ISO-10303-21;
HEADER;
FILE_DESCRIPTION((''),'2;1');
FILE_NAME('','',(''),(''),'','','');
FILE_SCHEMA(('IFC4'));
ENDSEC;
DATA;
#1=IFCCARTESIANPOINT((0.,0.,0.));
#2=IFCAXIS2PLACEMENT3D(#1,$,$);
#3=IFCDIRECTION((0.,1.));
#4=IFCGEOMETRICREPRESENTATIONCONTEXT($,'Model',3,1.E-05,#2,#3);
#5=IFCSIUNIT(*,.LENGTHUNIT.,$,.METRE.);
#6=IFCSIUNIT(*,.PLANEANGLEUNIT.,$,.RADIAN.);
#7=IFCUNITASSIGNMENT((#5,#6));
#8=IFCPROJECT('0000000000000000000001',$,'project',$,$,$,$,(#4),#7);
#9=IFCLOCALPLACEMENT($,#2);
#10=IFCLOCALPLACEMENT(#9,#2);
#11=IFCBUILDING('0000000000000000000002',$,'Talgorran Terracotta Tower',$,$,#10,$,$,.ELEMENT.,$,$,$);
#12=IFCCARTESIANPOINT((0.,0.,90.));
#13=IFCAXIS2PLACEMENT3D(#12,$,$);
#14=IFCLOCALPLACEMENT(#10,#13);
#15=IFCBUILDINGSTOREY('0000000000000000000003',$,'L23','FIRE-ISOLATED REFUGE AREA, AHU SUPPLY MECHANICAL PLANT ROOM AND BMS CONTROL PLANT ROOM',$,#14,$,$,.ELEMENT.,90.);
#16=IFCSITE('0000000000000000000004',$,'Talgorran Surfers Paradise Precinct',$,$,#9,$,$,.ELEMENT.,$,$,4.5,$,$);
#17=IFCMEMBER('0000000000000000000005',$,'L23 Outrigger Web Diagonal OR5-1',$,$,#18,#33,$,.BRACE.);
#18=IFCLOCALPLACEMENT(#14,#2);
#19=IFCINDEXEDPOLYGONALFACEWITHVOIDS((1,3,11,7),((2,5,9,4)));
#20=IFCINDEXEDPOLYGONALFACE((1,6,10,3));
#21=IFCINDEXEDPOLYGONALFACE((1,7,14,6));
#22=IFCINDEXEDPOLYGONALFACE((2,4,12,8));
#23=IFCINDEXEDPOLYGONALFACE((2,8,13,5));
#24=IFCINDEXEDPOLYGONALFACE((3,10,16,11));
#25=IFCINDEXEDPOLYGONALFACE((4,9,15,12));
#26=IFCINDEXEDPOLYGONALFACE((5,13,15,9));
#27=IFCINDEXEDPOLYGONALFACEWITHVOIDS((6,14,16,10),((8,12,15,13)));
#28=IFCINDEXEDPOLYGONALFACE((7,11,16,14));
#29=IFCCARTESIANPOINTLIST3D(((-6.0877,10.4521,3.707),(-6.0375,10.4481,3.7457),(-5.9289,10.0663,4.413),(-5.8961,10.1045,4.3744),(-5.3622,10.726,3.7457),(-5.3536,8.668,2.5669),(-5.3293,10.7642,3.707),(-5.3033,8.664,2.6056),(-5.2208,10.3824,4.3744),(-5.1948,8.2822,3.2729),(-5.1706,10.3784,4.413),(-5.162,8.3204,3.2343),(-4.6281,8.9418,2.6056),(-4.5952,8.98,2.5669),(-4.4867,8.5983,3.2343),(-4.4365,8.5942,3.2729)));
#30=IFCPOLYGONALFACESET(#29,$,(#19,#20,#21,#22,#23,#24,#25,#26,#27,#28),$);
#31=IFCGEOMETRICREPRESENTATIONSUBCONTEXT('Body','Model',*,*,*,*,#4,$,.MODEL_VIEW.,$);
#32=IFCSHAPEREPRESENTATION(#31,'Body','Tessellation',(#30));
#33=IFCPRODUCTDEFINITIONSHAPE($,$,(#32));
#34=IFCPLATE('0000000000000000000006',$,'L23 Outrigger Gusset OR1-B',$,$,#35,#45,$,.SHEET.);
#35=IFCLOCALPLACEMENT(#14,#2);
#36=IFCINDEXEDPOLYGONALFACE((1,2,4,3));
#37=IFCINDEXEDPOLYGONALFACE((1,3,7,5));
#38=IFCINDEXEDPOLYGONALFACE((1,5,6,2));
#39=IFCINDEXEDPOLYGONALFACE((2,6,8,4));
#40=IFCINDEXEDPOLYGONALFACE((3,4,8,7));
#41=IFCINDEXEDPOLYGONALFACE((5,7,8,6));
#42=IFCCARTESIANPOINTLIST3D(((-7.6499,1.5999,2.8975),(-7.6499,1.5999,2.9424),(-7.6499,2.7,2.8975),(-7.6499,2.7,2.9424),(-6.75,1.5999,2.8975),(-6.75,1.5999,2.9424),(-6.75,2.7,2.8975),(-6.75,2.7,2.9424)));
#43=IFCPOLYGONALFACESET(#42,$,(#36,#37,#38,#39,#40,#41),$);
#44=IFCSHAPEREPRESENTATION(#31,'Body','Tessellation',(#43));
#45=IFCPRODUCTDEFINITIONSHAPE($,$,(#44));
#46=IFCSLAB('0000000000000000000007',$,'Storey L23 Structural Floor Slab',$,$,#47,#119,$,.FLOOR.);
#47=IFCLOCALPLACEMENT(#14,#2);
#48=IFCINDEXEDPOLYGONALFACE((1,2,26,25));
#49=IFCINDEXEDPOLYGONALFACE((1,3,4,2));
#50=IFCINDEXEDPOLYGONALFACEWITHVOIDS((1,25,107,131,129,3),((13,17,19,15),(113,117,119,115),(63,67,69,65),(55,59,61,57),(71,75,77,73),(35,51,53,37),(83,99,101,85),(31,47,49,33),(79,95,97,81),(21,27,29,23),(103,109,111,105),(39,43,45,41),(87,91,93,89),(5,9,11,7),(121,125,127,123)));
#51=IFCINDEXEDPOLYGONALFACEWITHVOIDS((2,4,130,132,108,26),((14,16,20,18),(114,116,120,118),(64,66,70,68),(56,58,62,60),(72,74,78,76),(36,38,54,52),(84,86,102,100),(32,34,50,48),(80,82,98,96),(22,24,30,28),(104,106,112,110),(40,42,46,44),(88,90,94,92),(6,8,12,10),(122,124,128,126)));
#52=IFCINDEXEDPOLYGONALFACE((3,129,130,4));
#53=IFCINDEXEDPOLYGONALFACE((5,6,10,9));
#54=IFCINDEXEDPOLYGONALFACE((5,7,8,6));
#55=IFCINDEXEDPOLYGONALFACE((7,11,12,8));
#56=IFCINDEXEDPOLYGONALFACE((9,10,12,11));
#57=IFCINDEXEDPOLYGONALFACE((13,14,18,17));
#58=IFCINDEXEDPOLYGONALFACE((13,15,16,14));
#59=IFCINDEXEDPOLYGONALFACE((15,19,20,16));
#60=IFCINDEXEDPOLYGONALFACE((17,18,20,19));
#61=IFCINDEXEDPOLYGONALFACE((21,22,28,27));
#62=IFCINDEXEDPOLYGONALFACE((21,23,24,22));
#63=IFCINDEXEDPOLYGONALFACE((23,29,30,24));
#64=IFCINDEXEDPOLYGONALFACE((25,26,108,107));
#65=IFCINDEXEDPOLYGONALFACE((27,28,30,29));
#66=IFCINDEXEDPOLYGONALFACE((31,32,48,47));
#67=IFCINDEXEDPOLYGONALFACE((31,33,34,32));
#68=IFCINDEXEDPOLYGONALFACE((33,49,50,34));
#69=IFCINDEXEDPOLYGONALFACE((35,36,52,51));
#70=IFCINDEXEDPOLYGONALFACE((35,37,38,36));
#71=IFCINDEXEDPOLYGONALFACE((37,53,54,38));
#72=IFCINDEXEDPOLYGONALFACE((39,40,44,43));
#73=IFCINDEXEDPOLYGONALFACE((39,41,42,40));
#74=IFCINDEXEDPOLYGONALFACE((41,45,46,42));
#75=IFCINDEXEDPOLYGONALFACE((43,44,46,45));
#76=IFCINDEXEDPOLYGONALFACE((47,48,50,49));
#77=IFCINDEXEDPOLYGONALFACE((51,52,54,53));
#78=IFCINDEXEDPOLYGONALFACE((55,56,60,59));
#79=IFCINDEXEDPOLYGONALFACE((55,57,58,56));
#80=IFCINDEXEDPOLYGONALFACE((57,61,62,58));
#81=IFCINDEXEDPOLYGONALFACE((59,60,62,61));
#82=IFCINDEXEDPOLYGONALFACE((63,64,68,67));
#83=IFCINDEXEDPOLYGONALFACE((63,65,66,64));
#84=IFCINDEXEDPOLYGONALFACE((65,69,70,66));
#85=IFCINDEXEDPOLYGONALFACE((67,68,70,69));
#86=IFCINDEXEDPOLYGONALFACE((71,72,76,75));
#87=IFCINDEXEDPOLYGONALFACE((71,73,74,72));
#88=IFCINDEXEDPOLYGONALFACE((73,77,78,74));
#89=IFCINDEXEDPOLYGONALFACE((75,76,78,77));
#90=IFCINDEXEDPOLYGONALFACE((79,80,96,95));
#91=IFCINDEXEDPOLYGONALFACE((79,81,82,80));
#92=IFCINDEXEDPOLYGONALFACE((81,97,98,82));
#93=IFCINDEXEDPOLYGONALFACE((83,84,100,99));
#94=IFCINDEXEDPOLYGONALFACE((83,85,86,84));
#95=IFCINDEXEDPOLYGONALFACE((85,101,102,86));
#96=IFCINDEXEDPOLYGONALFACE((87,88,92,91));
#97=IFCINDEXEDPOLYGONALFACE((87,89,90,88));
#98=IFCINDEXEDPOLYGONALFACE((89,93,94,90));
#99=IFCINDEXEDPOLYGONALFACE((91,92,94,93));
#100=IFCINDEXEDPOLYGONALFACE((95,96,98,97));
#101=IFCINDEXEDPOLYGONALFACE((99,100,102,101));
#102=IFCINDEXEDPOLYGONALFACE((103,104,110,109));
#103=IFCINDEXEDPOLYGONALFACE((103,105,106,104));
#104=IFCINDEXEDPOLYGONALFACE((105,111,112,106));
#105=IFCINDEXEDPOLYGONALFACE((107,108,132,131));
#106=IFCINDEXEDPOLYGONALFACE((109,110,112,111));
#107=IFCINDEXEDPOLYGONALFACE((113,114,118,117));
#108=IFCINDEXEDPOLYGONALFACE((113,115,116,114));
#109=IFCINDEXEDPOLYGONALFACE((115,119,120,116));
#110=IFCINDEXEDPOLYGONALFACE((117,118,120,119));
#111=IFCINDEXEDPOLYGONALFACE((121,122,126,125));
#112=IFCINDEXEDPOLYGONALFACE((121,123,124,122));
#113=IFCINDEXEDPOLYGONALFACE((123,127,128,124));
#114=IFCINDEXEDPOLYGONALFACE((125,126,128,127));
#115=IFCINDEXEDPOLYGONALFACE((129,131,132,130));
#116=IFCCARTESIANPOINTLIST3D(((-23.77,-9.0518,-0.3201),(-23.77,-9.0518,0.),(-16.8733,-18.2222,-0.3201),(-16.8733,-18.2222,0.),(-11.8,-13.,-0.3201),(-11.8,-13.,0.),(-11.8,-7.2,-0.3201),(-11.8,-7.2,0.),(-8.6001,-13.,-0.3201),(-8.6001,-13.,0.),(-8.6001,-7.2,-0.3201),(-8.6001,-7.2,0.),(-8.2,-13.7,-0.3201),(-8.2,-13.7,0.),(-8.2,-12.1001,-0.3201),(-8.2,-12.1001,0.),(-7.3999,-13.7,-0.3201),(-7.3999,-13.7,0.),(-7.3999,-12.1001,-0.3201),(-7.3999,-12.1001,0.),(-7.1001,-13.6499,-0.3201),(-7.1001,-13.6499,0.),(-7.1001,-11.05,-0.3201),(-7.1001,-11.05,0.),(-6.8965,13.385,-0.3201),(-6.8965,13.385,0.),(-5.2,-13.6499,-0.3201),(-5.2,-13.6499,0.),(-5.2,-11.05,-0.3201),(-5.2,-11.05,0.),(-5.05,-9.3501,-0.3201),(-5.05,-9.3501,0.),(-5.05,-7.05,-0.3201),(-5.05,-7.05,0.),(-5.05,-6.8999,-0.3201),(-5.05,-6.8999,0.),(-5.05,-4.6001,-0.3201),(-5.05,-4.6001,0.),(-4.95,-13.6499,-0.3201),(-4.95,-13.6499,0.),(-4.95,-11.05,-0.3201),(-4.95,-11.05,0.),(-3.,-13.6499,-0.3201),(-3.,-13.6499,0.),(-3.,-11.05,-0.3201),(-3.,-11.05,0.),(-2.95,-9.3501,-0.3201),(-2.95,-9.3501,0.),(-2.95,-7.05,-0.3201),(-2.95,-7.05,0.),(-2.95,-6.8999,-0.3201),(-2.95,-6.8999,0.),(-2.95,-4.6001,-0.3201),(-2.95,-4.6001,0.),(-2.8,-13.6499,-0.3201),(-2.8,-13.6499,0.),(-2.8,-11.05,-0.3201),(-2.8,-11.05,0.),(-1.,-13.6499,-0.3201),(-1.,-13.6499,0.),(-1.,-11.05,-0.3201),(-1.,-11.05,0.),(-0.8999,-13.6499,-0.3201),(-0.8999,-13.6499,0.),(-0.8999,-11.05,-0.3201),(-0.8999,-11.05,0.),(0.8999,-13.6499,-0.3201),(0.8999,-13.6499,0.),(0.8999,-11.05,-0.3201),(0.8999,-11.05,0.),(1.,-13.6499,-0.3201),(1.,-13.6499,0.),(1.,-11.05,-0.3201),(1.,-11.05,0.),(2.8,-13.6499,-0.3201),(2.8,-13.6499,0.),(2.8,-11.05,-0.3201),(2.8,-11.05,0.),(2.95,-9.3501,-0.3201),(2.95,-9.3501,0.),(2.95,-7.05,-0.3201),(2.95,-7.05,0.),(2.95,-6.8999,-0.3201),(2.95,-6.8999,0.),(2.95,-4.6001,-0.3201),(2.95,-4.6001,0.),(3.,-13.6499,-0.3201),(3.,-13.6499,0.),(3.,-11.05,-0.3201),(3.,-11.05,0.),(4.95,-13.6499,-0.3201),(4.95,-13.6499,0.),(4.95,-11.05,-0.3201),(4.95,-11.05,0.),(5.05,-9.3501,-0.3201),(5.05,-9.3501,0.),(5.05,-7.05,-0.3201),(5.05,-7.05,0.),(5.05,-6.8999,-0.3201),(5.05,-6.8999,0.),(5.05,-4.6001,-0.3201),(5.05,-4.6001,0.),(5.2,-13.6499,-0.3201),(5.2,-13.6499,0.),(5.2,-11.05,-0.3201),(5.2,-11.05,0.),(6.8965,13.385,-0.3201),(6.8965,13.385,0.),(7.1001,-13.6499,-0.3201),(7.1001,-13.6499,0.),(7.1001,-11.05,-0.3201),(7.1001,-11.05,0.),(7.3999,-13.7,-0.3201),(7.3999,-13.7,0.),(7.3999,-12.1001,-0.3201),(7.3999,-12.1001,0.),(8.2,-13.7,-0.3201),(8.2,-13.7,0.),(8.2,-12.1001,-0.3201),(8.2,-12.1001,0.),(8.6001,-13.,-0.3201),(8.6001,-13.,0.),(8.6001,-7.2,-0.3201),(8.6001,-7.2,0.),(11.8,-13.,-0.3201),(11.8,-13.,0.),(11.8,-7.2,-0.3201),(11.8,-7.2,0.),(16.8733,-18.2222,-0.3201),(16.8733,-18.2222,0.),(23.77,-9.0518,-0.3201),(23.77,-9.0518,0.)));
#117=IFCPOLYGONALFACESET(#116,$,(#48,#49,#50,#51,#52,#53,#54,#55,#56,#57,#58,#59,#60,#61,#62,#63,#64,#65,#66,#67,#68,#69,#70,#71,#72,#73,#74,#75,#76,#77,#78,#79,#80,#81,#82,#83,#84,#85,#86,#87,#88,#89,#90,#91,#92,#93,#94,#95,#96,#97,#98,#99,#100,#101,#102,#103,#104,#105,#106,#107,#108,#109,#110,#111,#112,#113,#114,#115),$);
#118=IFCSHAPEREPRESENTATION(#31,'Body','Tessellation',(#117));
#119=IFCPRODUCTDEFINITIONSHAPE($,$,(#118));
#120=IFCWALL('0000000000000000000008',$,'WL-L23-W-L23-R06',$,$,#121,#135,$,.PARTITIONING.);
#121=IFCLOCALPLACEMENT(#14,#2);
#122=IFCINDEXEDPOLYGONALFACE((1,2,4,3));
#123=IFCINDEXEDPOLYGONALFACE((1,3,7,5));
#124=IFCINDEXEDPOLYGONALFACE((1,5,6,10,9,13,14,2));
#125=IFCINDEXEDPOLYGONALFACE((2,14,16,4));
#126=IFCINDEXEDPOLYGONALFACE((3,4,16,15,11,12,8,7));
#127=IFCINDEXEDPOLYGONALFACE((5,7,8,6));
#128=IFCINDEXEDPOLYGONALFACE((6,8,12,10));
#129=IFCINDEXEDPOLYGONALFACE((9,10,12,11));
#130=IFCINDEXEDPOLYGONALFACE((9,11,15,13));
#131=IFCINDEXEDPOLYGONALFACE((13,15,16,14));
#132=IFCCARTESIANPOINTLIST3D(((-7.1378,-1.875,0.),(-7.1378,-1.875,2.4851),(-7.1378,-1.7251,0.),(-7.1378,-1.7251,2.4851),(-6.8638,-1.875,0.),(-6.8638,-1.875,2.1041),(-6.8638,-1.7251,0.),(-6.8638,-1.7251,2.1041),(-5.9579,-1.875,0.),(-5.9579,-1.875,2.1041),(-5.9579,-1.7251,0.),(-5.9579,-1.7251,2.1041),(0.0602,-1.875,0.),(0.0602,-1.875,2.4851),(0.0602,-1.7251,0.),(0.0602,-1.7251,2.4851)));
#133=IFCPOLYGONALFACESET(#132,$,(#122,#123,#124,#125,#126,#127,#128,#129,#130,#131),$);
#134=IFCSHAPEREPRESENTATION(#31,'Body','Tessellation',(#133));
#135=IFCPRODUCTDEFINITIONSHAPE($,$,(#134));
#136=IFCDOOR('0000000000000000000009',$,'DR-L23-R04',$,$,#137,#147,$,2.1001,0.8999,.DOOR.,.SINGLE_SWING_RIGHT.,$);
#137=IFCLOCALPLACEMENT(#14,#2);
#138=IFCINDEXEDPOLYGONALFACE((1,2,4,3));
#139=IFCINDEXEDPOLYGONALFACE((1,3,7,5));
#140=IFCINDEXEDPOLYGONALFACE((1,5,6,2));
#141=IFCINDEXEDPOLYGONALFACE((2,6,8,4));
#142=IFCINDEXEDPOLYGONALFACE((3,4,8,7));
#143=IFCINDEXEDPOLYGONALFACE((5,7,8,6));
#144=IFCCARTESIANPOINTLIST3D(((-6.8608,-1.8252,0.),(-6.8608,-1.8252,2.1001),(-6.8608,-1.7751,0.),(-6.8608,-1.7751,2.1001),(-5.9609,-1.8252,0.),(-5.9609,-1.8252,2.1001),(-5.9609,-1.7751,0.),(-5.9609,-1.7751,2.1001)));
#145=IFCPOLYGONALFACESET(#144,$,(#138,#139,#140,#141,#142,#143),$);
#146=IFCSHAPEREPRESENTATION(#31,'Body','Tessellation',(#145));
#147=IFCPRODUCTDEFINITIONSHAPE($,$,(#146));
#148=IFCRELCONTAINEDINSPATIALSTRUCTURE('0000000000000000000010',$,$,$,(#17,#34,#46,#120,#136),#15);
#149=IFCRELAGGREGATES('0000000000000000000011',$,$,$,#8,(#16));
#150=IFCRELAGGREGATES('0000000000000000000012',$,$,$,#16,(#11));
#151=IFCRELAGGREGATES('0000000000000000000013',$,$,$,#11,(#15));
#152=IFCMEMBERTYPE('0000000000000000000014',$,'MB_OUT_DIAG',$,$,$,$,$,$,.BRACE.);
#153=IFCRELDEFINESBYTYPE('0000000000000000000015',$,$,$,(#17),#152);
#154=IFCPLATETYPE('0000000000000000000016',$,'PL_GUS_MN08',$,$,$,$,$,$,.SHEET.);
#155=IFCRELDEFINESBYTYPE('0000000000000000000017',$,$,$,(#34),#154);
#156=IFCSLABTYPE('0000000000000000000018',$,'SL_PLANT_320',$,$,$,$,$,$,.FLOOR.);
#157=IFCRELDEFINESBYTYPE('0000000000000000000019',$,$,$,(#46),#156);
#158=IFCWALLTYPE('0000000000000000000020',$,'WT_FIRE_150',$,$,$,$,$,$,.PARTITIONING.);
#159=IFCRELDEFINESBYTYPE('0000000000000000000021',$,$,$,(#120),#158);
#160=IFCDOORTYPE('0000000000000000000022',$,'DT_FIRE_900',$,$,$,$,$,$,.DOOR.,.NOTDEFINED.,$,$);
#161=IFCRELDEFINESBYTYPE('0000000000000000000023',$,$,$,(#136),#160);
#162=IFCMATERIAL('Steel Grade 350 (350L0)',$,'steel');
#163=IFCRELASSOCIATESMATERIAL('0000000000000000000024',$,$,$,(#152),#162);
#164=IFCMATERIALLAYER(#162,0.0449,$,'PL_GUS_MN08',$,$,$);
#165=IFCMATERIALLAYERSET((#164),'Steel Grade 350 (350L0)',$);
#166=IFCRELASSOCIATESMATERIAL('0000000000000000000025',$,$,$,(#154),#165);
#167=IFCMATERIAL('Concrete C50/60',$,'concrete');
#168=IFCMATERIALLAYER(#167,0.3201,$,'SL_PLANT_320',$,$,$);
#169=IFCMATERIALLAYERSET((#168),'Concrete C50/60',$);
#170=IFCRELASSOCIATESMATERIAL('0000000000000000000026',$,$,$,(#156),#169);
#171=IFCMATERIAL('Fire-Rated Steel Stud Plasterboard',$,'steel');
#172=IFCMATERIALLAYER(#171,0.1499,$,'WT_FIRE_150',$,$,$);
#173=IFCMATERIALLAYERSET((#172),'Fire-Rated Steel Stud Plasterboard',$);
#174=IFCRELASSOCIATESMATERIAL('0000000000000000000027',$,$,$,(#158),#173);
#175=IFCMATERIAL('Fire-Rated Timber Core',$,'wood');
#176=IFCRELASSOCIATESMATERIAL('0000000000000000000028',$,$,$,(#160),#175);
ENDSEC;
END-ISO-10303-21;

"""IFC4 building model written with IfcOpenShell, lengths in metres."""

from ifc_helpers import new_model, si_unit, direction, frame, frame_2d, origin, origin_2d, place, context, subcontext, project, spatial, polyline, rectangle, hollow_rectangle, outline, extrude, material, layer, layer_set, material_profile, profile_set, type_object, element, fill, save


model = new_model("IFC4")

# Units and contexts
model_context = context("Model", 3, precision=1e-05, world=origin(), true_north=direction((0.0, 1.0)))
body_context = subcontext(model_context, "Body", "Model", "MODEL_VIEW")
ifc_project = project(units=[si_unit("LENGTHUNIT", "METRE"), si_unit("PLANEANGLEUNIT", "RADIAN")], contexts=[model_context])

# Site, building, storey
site_placement = place(None, origin())
site = spatial("IfcSite", under=ifc_project, at=site_placement, Name="Talgorran Surfers Paradise Precinct", CompositionType="ELEMENT", RefElevation=4.5)
building_placement = place(site_placement, origin())
building = spatial("IfcBuilding", under=site, at=building_placement, Name="Talgorran Terracotta Tower", CompositionType="ELEMENT")
storey_placement = place(building_placement, frame((0.0, 0.0, 90.0)))
storey = spatial("IfcBuildingStorey", under=building, at=storey_placement, Name="L23", Description="FIRE-ISOLATED REFUGE AREA, AHU SUPPLY MECHANICAL PLANT ROOM AND BMS CONTROL PLANT ROOM", CompositionType="ELEMENT", Elevation=90.0)

# Shared definitions
ifc_material_1 = material(Name="Steel Grade 350 (350L0)", Category="steel")

# Member
ifc_material_profile_1 = material_profile(ifc_material_1, hollow_rectangle(XDim=0.8201, YDim=0.8201, WallThickness=0.0449, at=origin_2d()), Name="WBOX820X820X45")
ifc_profile_set_1 = profile_set([ifc_material_profile_1], Name="Steel Grade 350 (350L0)")
member_type_1 = type_object("IfcMemberType", Name="MB_OUT_DIAG", PredefinedType="BRACE", material=ifc_profile_set_1)
member_1_placement = place(storey_placement, frame((-4.895, 8.6311, 2.9199), z_axis=(-0.327588, 0.796147, 0.508759), x_axis=(-0.924775, -0.380514, 0.0)))
element("IfcMember", 1, at=member_1_placement, inside=storey, type_object=member_type_1, Name="L23 Outrigger Web Diagonal OR5-1", PredefinedType="BRACE", context=body_context, shape_type="SweptSolid", body=[
    extrude(hollow_rectangle(XDim=0.8201, YDim=0.8201, WallThickness=0.0449, at=origin_2d()), origin(), (0.0, 0.0, 1.0), 2.241),
])

# Plate
ifc_layer_1 = layer(ifc_material_1, 0.0449, Name="PL_GUS_MN08")
ifc_layer_set_1 = layer_set([ifc_layer_1], Name="Steel Grade 350 (350L0)")
plate_type = type_object("IfcPlateType", Name="PL_GUS_MN08", PredefinedType="SHEET", material=ifc_layer_set_1)
plate_placement = place(storey_placement, frame((-7.2, 2.1499, 2.8975), z_axis=(0.0, 0.0, 1.0), x_axis=(0.0, 1.0, 0.0)))
element("IfcPlate", 2, at=plate_placement, inside=storey, type_object=plate_type, Name="L23 Outrigger Gusset OR1-B", PredefinedType="SHEET", context=body_context, shape_type="SweptSolid", body=[
    extrude(rectangle(XDim=1.1001, YDim=0.8999, at=origin_2d()), origin(), (0.0, 0.0, 1.0), 0.0449),
])

# Slab
ifc_material_2 = material(Name="Concrete C50/60", Category="concrete")
ifc_layer_2 = layer(ifc_material_2, 0.3201, Name="SL_PLANT_320")
ifc_layer_set_2 = layer_set([ifc_layer_2], Name="Concrete C50/60")
slab_type = type_object("IfcSlabType", Name="SL_PLANT_320", PredefinedType="FLOOR", material=ifc_layer_set_2)
slab_placement = place(storey_placement, frame((0.0, 0.0, -0.3201)))
element("IfcSlab", 3, at=slab_placement, inside=storey, type_object=slab_type, Name="Storey L23 Structural Floor Slab", PredefinedType="FLOOR", context=body_context, shape_type="SweptSolid", body=[
    extrude(outline(polyline([(-23.77, -9.0518), (-16.8733, -18.2222), (16.8733, -18.2222), (23.77, -9.0518), (6.8965, 13.385), (-6.8965, 13.385), (-23.77, -9.0518)]), holes=[polyline([(-11.8, -7.2), (-11.8, -13.0), (-8.6001, -13.0), (-8.6001, -7.2), (-11.8, -7.2)]), polyline([(8.6001, -7.2), (8.6001, -13.0), (11.8, -13.0), (11.8, -7.2), (8.6001, -7.2)]), polyline([(-7.1001, -13.6499), (-5.2, -13.6499), (-5.2, -11.05), (-7.1001, -11.05), (-7.1001, -13.6499)]), polyline([(5.2, -13.6499), (7.1001, -13.6499), (7.1001, -11.05), (5.2, -11.05), (5.2, -13.6499)]), polyline([(3.0, -13.6499), (4.95, -13.6499), (4.95, -11.05), (3.0, -11.05), (3.0, -13.6499)]), polyline([(-4.95, -13.6499), (-3.0, -13.6499), (-3.0, -11.05), (-4.95, -11.05), (-4.95, -13.6499)]), polyline([(-5.05, -9.3501), (-2.95, -9.3501), (-2.95, -7.05), (-5.05, -7.05), (-5.05, -9.3501)]), polyline([(-5.05, -6.8999), (-2.95, -6.8999), (-2.95, -4.6001), (-5.05, -4.6001), (-5.05, -6.8999)]), polyline([(2.95, -9.3501), (5.05, -9.3501), (5.05, -7.05), (2.95, -7.05), (2.95, -9.3501)]), polyline([(2.95, -6.8999), (5.05, -6.8999), (5.05, -4.6001), (2.95, -4.6001), (2.95, -6.8999)]), polyline([(-2.8, -13.6499), (-1.0, -13.6499), (-1.0, -11.05), (-2.8, -11.05), (-2.8, -13.6499)]), polyline([(-0.8999, -13.6499), (0.8999, -13.6499), (0.8999, -11.05), (-0.8999, -11.05), (-0.8999, -13.6499)]), polyline([(1.0, -13.6499), (2.8, -13.6499), (2.8, -11.05), (1.0, -11.05), (1.0, -13.6499)]), polyline([(-8.2, -13.7), (-7.3999, -13.7), (-7.3999, -12.1001), (-8.2, -12.1001), (-8.2, -13.7)]), polyline([(7.3999, -13.7), (8.2, -13.7), (8.2, -12.1001), (7.3999, -12.1001), (7.3999, -13.7)])]), origin(), (0.0, 0.0, 1.0), 0.3201),
])

# Wall, opening, door
ifc_material_3 = material(Name="Fire-Rated Steel Stud Plasterboard", Category="steel")
ifc_layer_3 = layer(ifc_material_3, 0.1499, Name="WT_FIRE_150")
ifc_layer_set_3 = layer_set([ifc_layer_3], Name="Fire-Rated Steel Stud Plasterboard")
wall_type = type_object("IfcWallType", Name="WT_FIRE_150", PredefinedType="PARTITIONING", material=ifc_layer_set_3)
wall_1_placement = place(storey_placement, frame((-7.1379, -1.8, 0.0), z_axis=(0.0, 0.0, 1.0), x_axis=(1.0, 0.0, 0.0)))
wall_1 = element("IfcWall", 4, at=wall_1_placement, inside=storey, type_object=wall_type, Name="WL-L23-W-L23-R06", PredefinedType="PARTITIONING", context=body_context, shape_type="SweptSolid", body=[
    extrude(rectangle(XDim=7.198, YDim=0.1499, at=frame_2d((3.5991, 0.0))), origin(), (0.0, 0.0, 1.0), 2.4851),
])
opening_1_placement = place(wall_1_placement, frame((0.2771, 0.0, 0.0)))
opening_1 = element("IfcOpeningElement", 5, at=opening_1_placement, cuts=wall_1, PredefinedType="OPENING", context=body_context, shape_type="SweptSolid", body=[
    extrude(rectangle(XDim=0.9059, YDim=2.1041, at=frame_2d((0.45, 1.052))), frame((0.0, 0.085, 0.0), z_axis=(0.0, -1.0, 0.0), x_axis=(1.0, 0.0, 0.0)), (0.0, 0.0, 1.0), 0.1699),
])
ifc_material_4 = material(Name="Fire-Rated Timber Core", Category="wood")
door_type = type_object("IfcDoorType", Name="DT_FIRE_900", OperationType="NOTDEFINED", PredefinedType="DOOR", material=ifc_material_4)
door_1_placement = place(opening_1_placement, origin())
door_1 = element("IfcDoor", 6, at=door_1_placement, inside=storey, type_object=door_type, Name="DR-L23-R04", OperationType="SINGLE_SWING_RIGHT", OverallHeight=2.1001, OverallWidth=0.8999, PredefinedType="DOOR", context=body_context, shape_type="SweptSolid", body=[
    extrude(rectangle(XDim=0.8999, YDim=2.1001, at=frame_2d((0.45, 1.05))), frame((0.0, 0.0249, 0.0), z_axis=(0.0, -1.0, 0.0), x_axis=(1.0, 0.0, 0.0)), (0.0, 0.0, 1.0), 0.05),
])
fill(opening_1, door_1)

save(model, "model.ifc")
